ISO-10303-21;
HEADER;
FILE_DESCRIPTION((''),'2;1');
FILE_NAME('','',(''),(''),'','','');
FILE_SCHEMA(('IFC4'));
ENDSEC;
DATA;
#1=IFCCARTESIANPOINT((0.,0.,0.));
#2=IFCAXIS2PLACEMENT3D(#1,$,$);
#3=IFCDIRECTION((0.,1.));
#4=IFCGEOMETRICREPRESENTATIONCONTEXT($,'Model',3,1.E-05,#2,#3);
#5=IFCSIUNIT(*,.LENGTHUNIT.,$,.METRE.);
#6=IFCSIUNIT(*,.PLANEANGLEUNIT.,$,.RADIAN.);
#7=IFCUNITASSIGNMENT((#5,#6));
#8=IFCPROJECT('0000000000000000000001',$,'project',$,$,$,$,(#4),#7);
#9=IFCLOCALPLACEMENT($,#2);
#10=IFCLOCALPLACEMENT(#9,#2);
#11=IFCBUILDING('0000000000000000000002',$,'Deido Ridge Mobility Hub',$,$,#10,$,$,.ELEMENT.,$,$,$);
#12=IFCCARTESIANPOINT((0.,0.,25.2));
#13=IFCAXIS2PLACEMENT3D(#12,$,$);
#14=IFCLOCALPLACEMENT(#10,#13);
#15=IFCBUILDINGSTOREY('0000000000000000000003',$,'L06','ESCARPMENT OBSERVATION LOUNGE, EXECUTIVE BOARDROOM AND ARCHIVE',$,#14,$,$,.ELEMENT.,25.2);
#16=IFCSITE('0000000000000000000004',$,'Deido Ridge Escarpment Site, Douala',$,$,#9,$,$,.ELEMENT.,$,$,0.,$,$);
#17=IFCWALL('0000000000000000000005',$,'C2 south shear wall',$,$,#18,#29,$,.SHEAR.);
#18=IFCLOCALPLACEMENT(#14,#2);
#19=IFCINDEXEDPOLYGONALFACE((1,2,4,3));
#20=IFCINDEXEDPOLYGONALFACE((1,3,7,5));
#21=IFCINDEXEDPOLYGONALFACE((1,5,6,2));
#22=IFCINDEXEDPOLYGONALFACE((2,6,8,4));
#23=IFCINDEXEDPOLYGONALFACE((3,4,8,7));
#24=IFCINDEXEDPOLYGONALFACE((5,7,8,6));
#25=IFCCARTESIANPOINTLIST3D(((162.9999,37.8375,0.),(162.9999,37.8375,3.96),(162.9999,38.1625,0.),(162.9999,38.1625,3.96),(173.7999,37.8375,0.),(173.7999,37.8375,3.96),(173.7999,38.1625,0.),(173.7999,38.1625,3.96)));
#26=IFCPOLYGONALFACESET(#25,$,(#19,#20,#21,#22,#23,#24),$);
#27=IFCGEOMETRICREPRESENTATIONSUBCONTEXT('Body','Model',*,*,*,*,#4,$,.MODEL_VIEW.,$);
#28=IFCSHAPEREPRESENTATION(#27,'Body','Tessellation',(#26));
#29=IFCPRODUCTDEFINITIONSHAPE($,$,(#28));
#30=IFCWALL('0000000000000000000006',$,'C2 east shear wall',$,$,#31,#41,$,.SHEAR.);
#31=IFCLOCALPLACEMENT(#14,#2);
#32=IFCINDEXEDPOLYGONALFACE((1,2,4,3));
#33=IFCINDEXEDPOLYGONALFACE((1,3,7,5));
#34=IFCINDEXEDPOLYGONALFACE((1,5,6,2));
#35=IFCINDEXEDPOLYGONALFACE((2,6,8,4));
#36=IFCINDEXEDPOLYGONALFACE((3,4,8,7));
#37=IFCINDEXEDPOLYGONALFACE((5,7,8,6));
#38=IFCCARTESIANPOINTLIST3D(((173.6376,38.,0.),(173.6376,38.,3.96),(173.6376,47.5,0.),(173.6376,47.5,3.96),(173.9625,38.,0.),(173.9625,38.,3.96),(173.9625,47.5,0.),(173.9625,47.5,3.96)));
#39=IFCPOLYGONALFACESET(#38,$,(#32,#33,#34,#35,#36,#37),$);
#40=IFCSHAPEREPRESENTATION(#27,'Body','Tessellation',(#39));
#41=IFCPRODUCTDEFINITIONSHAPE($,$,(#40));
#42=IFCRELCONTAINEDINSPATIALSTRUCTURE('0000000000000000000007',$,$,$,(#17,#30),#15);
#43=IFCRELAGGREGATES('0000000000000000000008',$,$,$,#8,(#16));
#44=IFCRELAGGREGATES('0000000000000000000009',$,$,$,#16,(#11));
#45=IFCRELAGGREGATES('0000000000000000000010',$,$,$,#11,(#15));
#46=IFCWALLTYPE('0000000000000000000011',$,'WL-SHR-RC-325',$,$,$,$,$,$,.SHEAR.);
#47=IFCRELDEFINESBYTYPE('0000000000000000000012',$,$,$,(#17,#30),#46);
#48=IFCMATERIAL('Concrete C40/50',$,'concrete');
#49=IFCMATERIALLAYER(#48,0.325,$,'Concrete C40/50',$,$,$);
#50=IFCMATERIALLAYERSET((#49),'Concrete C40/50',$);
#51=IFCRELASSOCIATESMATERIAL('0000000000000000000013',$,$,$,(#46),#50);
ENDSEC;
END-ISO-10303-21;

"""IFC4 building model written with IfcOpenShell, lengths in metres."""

from ifc_helpers import new_model, si_unit, direction, frame, frame_2d, origin, place, context, subcontext, project, spatial, rectangle, extrude, material, layer, layer_set, type_object, element, save


model = new_model("IFC4")

# Units and contexts
model_context = context("Model", 3, precision=1e-05, world=origin(), true_north=direction((0.0, 1.0)))
body_context = subcontext(model_context, "Body", "Model", "MODEL_VIEW")
ifc_project = project(units=[si_unit("LENGTHUNIT", "METRE"), si_unit("PLANEANGLEUNIT", "RADIAN")], contexts=[model_context])

# Site, building, storey
site_placement = place(None, origin())
site = spatial("IfcSite", under=ifc_project, at=site_placement, Name="Deido Ridge Escarpment Site, Douala", CompositionType="ELEMENT", RefElevation=0.0)
building_placement = place(site_placement, origin())
building = spatial("IfcBuilding", under=site, at=building_placement, Name="Deido Ridge Mobility Hub", CompositionType="ELEMENT")
storey_placement = place(building_placement, frame((0.0, 0.0, 25.2)))
storey = spatial("IfcBuildingStorey", under=building, at=storey_placement, Name="L06", Description="ESCARPMENT OBSERVATION LOUNGE, EXECUTIVE BOARDROOM AND ARCHIVE", CompositionType="ELEMENT", Elevation=25.2)

# Shared definitions
ifc_material_1 = material(Name="Concrete C40/50", Category="concrete")

# Walls
ifc_layer_1 = layer(ifc_material_1, 0.325, Name="Concrete C40/50")
ifc_layer_set_1 = layer_set([ifc_layer_1], Name="Concrete C40/50")
wall_type_1 = type_object("IfcWallType", Name="WL-SHR-RC-325", PredefinedType="SHEAR", material=ifc_layer_set_1)
wall_1_placement = place(storey_placement, frame((163.0, 38.0, 0.0), z_axis=(0.0, 0.0, 1.0), x_axis=(1.0, 0.0, 0.0)))
element("IfcWall", 1, at=wall_1_placement, inside=storey, type_object=wall_type_1, Name="C2 south shear wall", PredefinedType="SHEAR", context=body_context, shape_type="SweptSolid", body=[
    extrude(rectangle(XDim=10.8, YDim=0.325, at=frame_2d((5.3999, 0.0))), origin(), (0.0, 0.0, 1.0), 3.96),
])
wall_2_placement = place(storey_placement, frame((173.8, 38.0, 0.0), z_axis=(0.0, 0.0, 1.0), x_axis=(0.0, 1.0, 0.0)))
element("IfcWall", 2, at=wall_2_placement, inside=storey, type_object=wall_type_1, Name="C2 east shear wall", PredefinedType="SHEAR", context=body_context, shape_type="SweptSolid", body=[
    extrude(rectangle(XDim=9.5, YDim=0.325, at=frame_2d((4.75, 0.0))), origin(), (0.0, 0.0, 1.0), 3.96),
])

save(model, "model.ifc")
